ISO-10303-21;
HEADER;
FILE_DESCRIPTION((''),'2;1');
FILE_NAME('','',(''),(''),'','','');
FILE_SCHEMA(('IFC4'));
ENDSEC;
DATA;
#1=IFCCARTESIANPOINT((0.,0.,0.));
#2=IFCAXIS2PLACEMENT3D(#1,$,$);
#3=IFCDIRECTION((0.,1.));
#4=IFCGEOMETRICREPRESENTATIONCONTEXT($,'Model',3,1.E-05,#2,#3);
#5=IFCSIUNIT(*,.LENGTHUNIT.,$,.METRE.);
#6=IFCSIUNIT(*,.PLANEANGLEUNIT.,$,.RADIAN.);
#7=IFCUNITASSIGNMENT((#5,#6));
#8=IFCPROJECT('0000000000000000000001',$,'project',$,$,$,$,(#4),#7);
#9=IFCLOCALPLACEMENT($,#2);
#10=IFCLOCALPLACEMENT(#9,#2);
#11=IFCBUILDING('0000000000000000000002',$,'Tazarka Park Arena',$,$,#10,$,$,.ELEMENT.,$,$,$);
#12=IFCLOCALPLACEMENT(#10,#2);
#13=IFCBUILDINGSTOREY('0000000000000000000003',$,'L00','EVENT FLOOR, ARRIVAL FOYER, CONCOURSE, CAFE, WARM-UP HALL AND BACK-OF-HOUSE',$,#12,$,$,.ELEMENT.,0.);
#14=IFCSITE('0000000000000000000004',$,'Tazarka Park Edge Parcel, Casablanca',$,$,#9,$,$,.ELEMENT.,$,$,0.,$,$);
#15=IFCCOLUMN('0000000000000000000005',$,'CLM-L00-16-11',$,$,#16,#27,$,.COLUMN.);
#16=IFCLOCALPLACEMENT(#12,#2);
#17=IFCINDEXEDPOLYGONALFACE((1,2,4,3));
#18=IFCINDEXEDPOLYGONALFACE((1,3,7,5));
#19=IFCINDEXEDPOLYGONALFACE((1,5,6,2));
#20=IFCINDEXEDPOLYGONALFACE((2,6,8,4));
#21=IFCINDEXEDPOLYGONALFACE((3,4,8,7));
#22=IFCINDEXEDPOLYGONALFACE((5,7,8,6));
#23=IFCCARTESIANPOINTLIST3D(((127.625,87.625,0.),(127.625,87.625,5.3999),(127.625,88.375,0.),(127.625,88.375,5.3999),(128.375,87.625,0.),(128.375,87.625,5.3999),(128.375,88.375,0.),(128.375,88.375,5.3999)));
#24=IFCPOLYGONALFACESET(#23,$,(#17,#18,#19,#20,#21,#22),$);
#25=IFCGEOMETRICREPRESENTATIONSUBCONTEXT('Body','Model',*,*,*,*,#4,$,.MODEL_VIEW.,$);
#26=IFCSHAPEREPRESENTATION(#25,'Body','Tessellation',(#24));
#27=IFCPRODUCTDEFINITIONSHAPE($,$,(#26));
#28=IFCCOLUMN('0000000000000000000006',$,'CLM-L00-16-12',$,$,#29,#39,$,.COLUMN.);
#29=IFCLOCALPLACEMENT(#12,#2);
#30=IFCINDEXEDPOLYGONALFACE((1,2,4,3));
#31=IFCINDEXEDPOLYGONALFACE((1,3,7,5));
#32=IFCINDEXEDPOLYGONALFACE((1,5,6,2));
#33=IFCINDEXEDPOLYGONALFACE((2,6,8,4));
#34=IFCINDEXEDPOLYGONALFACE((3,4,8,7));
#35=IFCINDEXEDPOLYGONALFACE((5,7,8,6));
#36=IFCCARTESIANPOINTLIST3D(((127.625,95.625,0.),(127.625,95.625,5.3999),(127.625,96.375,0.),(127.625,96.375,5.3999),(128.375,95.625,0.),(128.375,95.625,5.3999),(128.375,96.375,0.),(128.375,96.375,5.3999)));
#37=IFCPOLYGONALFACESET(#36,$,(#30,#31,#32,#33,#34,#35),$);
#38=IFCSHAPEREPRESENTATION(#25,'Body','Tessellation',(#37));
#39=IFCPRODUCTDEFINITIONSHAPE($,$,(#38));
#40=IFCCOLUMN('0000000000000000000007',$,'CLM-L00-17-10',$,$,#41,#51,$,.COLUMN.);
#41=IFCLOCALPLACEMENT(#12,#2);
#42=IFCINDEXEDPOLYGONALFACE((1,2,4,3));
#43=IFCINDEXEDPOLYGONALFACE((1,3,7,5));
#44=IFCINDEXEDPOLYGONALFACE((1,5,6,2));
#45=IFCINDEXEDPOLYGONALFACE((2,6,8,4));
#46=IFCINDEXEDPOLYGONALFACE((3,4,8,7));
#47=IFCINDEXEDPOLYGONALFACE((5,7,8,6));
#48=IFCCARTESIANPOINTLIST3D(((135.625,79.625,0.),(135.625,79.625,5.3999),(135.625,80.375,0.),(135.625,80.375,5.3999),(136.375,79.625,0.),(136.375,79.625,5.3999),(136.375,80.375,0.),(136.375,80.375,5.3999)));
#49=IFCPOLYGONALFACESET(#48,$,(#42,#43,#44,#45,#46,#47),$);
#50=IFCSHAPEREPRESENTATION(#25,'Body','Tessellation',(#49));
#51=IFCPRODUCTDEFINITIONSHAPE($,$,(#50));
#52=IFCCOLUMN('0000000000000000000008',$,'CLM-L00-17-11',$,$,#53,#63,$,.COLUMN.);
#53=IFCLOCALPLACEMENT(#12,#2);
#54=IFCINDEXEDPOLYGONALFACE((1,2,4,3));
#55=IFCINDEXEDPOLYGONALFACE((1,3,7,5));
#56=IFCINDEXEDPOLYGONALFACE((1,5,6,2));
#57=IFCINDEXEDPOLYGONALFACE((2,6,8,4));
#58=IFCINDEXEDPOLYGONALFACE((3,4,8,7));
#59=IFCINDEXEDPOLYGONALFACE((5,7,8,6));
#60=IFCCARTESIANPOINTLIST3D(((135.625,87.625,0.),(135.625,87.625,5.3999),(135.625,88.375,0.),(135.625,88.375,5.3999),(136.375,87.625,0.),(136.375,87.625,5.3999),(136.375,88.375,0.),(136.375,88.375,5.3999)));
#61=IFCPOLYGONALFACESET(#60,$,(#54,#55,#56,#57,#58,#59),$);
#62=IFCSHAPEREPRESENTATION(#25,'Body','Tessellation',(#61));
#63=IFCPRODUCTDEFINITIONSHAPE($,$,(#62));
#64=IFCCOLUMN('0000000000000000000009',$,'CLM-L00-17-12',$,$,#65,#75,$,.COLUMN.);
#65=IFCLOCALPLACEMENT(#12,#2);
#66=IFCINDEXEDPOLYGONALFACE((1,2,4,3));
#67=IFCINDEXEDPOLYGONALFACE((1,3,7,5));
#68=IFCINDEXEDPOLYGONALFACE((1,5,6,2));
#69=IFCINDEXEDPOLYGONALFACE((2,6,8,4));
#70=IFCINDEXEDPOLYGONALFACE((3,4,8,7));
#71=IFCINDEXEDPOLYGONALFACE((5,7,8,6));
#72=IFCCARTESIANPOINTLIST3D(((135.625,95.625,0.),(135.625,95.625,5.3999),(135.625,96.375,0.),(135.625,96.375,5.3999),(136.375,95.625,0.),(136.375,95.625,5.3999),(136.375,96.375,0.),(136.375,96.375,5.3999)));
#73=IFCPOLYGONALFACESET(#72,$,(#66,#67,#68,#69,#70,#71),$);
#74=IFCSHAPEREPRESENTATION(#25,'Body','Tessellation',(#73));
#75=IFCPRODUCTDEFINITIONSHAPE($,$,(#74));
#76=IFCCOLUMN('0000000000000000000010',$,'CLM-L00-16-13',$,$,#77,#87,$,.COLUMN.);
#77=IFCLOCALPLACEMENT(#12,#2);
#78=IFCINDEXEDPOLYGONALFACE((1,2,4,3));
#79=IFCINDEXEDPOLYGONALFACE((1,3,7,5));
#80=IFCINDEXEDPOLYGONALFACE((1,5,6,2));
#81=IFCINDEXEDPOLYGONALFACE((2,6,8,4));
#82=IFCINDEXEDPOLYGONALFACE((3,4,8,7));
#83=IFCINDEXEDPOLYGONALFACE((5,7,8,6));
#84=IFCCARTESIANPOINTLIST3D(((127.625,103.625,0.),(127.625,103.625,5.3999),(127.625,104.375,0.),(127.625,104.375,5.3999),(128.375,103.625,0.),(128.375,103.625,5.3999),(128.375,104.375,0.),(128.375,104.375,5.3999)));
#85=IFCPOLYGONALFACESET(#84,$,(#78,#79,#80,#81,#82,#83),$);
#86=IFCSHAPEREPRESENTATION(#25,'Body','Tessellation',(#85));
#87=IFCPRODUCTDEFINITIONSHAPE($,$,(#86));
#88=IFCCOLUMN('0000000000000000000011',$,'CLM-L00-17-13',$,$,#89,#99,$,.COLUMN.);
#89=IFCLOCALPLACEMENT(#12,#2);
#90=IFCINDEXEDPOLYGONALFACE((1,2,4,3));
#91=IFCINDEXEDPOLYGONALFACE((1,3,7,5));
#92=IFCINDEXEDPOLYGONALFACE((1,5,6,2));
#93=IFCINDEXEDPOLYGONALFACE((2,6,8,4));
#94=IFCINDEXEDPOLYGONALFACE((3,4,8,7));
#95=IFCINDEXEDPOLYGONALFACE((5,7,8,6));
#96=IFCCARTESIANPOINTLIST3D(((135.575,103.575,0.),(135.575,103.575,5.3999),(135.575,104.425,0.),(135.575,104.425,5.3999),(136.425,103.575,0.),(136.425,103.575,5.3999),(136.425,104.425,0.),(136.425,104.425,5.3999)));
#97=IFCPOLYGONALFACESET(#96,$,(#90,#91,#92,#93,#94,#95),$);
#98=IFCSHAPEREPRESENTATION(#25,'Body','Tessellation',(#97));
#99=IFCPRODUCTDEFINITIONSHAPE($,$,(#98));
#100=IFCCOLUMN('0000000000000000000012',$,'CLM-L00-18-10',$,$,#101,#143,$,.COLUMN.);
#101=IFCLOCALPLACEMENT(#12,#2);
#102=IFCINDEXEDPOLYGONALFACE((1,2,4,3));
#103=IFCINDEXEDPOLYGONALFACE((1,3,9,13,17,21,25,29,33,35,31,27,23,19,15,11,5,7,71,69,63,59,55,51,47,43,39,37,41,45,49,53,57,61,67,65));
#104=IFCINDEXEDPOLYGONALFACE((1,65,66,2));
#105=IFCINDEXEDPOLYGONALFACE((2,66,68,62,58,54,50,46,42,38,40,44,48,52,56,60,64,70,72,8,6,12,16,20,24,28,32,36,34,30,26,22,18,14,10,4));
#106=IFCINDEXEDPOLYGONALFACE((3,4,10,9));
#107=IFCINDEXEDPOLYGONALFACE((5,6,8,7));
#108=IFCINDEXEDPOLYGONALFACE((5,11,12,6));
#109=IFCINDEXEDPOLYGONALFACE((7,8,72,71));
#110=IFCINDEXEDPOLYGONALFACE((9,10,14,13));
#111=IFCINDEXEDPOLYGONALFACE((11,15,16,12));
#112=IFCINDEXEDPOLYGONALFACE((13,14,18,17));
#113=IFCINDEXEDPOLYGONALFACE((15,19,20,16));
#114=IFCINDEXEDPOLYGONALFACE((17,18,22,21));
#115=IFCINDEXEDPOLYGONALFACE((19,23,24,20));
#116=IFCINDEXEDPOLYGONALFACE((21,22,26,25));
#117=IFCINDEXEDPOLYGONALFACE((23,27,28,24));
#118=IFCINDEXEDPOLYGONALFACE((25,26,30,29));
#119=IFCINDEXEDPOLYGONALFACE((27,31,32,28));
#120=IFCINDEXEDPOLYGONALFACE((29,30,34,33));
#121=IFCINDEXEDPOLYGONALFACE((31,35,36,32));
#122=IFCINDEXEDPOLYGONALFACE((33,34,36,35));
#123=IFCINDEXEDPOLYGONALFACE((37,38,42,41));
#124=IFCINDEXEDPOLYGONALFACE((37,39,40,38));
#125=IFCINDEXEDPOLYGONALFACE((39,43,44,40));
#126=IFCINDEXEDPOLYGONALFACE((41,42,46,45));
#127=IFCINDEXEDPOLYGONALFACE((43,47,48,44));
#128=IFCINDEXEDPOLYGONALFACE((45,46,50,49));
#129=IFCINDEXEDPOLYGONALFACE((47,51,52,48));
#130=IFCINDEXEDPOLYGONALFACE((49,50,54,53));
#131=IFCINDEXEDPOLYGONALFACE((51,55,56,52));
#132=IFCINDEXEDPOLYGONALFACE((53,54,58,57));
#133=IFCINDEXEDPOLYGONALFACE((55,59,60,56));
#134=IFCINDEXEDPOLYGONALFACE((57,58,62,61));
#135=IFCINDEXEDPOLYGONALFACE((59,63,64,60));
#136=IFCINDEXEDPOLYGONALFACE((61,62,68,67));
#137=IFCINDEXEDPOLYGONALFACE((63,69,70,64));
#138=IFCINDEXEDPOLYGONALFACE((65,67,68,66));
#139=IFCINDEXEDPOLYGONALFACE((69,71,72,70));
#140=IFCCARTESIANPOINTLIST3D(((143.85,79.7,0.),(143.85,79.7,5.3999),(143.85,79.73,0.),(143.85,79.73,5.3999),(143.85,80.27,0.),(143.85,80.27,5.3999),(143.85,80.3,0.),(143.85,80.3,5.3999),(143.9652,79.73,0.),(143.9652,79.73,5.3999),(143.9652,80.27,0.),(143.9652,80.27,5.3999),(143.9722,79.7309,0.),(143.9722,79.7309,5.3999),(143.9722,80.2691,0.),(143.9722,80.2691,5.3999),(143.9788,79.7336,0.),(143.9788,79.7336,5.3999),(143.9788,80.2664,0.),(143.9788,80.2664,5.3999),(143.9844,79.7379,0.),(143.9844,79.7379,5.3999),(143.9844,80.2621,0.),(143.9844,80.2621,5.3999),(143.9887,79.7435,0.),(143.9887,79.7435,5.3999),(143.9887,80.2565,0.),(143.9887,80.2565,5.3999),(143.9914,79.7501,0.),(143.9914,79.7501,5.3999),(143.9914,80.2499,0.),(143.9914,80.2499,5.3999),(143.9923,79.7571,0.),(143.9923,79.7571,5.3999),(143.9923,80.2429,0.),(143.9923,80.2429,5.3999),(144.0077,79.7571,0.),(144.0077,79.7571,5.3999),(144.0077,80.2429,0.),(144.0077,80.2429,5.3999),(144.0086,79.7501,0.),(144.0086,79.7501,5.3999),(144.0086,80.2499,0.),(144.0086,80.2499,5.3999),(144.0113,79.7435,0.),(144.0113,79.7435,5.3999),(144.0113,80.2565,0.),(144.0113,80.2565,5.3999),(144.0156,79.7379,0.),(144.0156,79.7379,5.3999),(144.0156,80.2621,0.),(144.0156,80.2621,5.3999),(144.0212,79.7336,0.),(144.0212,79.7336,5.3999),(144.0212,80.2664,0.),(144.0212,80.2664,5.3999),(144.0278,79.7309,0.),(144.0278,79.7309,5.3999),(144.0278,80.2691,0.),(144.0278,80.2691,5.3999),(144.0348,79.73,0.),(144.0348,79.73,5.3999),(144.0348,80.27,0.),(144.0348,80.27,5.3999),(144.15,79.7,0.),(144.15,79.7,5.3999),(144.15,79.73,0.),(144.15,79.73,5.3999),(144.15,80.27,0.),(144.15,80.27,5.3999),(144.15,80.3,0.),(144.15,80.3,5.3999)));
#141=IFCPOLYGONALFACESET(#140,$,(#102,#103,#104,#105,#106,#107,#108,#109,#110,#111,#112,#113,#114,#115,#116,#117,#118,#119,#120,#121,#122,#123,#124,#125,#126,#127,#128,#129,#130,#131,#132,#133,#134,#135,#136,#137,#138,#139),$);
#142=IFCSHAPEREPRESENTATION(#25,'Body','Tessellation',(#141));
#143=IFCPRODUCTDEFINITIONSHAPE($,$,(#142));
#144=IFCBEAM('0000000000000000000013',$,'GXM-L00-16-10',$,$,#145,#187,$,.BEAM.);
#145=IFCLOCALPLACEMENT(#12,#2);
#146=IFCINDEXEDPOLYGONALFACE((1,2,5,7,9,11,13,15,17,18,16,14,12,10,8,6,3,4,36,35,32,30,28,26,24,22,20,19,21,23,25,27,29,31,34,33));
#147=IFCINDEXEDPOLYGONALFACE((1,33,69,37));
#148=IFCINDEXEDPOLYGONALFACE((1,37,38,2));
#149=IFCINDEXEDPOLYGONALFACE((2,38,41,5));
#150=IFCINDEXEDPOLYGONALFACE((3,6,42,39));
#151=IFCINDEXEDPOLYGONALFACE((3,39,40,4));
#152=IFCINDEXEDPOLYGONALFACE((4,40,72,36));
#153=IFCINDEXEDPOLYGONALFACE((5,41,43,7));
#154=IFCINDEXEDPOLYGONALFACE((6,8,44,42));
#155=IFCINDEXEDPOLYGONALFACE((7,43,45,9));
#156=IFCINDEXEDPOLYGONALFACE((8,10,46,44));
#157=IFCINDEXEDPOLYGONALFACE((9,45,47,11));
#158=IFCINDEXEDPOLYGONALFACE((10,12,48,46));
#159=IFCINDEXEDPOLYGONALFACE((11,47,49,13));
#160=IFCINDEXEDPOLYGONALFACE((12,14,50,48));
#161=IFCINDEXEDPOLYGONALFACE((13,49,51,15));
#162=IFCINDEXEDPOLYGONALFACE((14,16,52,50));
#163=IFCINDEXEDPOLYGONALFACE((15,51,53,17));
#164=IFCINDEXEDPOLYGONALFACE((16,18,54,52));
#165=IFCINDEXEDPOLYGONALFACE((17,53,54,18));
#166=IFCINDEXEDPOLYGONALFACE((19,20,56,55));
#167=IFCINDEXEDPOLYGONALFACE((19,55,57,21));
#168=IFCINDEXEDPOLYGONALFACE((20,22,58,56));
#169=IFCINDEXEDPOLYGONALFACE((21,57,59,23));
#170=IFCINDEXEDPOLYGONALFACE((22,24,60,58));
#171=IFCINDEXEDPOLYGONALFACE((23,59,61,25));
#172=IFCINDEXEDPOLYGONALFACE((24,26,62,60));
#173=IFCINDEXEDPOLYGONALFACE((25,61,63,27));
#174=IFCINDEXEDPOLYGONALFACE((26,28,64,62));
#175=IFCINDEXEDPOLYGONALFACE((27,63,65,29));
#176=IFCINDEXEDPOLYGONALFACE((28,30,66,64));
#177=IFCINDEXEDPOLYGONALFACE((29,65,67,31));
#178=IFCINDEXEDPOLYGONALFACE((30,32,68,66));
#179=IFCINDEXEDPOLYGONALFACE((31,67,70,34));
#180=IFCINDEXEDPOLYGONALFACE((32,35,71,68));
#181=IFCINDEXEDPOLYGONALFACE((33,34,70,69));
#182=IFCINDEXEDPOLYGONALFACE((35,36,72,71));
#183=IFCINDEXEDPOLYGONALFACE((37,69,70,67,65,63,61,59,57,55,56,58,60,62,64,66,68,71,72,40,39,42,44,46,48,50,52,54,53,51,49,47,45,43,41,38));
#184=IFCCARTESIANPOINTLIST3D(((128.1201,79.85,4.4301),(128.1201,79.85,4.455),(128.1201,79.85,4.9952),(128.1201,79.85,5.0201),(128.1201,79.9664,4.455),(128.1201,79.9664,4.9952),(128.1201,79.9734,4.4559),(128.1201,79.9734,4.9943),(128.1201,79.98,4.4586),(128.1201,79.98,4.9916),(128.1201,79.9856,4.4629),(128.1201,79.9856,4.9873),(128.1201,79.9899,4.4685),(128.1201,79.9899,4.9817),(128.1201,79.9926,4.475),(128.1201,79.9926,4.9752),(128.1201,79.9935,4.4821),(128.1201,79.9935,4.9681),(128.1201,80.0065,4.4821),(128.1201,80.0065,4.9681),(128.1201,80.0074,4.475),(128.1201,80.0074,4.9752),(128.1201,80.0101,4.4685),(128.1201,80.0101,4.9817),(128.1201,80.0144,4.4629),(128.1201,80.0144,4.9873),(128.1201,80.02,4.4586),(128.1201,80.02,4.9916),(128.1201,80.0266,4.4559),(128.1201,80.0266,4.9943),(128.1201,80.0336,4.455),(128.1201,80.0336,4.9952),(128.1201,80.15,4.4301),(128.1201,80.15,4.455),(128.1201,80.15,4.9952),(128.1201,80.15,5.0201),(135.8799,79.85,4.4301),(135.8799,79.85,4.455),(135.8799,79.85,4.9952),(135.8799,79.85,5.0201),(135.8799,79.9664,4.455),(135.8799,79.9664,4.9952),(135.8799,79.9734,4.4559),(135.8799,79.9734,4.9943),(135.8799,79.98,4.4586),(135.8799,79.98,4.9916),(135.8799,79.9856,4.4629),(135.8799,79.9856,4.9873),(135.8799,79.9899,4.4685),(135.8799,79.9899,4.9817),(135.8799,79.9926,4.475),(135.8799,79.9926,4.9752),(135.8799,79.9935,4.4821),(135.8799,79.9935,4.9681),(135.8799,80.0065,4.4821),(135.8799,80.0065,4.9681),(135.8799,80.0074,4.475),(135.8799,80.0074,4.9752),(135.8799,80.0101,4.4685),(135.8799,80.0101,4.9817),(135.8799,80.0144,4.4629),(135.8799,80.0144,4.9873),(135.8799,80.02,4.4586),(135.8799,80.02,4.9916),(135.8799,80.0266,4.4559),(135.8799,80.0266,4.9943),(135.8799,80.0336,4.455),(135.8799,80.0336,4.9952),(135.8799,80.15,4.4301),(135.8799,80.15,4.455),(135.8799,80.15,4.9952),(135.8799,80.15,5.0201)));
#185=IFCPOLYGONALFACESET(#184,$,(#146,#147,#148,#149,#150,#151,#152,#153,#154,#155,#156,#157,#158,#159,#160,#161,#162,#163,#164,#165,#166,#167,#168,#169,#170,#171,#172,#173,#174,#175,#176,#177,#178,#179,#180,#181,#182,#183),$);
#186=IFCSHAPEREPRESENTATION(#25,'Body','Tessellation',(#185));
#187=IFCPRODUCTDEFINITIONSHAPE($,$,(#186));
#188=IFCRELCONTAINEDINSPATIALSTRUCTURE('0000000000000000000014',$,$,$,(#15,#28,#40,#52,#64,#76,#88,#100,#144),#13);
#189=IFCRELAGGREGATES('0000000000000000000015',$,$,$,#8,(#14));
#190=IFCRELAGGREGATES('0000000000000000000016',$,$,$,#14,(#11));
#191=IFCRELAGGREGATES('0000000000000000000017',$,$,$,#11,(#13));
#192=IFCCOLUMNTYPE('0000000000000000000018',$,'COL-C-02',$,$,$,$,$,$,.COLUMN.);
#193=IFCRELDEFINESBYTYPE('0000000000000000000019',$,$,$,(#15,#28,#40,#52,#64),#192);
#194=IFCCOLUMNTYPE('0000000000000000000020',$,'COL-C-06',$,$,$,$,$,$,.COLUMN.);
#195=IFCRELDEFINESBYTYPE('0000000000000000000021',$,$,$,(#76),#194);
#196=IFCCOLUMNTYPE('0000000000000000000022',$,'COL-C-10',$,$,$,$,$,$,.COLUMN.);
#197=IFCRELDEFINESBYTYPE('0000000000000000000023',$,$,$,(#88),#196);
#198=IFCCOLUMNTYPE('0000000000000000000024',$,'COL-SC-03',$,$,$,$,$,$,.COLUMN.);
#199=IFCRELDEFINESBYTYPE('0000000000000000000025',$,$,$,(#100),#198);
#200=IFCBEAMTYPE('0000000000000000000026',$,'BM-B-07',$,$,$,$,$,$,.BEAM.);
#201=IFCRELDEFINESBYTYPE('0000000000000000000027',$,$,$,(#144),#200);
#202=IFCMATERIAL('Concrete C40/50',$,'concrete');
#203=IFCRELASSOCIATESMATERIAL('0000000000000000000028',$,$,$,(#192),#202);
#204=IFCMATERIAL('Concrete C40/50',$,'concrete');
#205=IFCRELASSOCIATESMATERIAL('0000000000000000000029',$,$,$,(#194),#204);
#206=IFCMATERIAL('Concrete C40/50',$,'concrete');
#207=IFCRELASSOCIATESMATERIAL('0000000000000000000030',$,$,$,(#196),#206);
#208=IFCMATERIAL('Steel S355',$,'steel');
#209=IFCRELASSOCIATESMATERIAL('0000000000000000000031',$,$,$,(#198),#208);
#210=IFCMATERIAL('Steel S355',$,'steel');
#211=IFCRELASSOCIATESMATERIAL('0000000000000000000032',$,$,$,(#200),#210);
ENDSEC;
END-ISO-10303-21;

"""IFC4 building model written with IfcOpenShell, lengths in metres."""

from ifc_helpers import new_model, si_unit, direction, frame, origin, origin_2d, place, context, subcontext, project, spatial, rectangle, i_section, extrude, material, material_profile, profile_set, type_object, element, save


model = new_model("IFC4")

# Units and contexts
model_context = context("Model", 3, precision=1e-05, world=origin(), true_north=direction((0.0, 1.0)))
body_context = subcontext(model_context, "Body", "Model", "MODEL_VIEW")
ifc_project = project(units=[si_unit("LENGTHUNIT", "METRE"), si_unit("PLANEANGLEUNIT", "RADIAN")], contexts=[model_context])

# Site, building, storey
site_placement = place(None, origin())
site = spatial("IfcSite", under=ifc_project, at=site_placement, Name="Tazarka Park Edge Parcel, Casablanca", CompositionType="ELEMENT", RefElevation=0.0)
building_placement = place(site_placement, origin())
building = spatial("IfcBuilding", under=site, at=building_placement, Name="Tazarka Park Arena", CompositionType="ELEMENT")
storey_placement = place(building_placement, origin())
storey = spatial("IfcBuildingStorey", under=building, at=storey_placement, Name="L00", Description="EVENT FLOOR, ARRIVAL FOYER, CONCOURSE, CAFE, WARM-UP HALL AND BACK-OF-HOUSE", CompositionType="ELEMENT", Elevation=0.0)

# Columns
ifc_material_1 = material(Name="Concrete C40/50", Category="concrete")
ifc_material_profile_1 = material_profile(ifc_material_1, rectangle(XDim=0.75, YDim=0.75, at=origin_2d()), Name="Concrete C40/50")
ifc_profile_set_1 = profile_set([ifc_material_profile_1], Name="Concrete C40/50")
column_type_1 = type_object("IfcColumnType", Name="COL-C-02", PredefinedType="COLUMN", material=ifc_profile_set_1)
for number, where, z_axis, x_axis, name in (
    (1, (128.0, 88.0, 0.0), (0.0, 0.0, 1.0), (1.0, 0.0, 0.0), "CLM-L00-16-11"),
    (2, (128.0, 96.0, 0.0), (0.0, 0.0, 1.0), (1.0, 0.0, 0.0), "CLM-L00-16-12"),
    (3, (136.0, 80.0, 0.0), (0.0, 0.0, 1.0), (1.0, 0.0, 0.0), "CLM-L00-17-10"),
    (4, (136.0, 88.0, 0.0), (0.0, 0.0, 1.0), (1.0, 0.0, 0.0), "CLM-L00-17-11"),
    (5, (136.0, 96.0, 0.0), (0.0, 0.0, 1.0), (1.0, 0.0, 0.0), "CLM-L00-17-12"),
):
    element("IfcColumn", number, at=place(storey_placement, frame(where, z_axis=z_axis, x_axis=x_axis)), inside=storey, type_object=column_type_1, Name=name, PredefinedType="COLUMN", context=body_context, shape_type="SweptSolid", body=[
        extrude(rectangle(XDim=0.75, YDim=0.75, at=origin_2d()), origin(), (0.0, 0.0, 1.0), 5.3999),
    ])
ifc_material_2 = material(Name="Concrete C40/50", Category="concrete")
ifc_material_profile_2 = material_profile(ifc_material_2, rectangle(XDim=0.75, YDim=0.75, at=origin_2d()), Name="Concrete C40/50")
ifc_profile_set_2 = profile_set([ifc_material_profile_2], Name="Concrete C40/50")
column_type_2 = type_object("IfcColumnType", Name="COL-C-06", PredefinedType="COLUMN", material=ifc_profile_set_2)
column_1_placement = place(storey_placement, frame((128.0, 104.0, 0.0), z_axis=(0.0, 0.0, 1.0), x_axis=(1.0, 0.0, 0.0)))
element("IfcColumn", 6, at=column_1_placement, inside=storey, type_object=column_type_2, Name="CLM-L00-16-13", PredefinedType="COLUMN", context=body_context, shape_type="SweptSolid", body=[
    extrude(rectangle(XDim=0.75, YDim=0.75, at=origin_2d()), origin(), (0.0, 0.0, 1.0), 5.3999),
])
ifc_material_3 = material(Name="Concrete C40/50", Category="concrete")
ifc_material_profile_3 = material_profile(ifc_material_3, rectangle(XDim=0.8501, YDim=0.8501, at=origin_2d()), Name="Concrete C40/50")
ifc_profile_set_3 = profile_set([ifc_material_profile_3], Name="Concrete C40/50")
column_type_3 = type_object("IfcColumnType", Name="COL-C-10", PredefinedType="COLUMN", material=ifc_profile_set_3)
column_2_placement = place(storey_placement, frame((136.0, 104.0, 0.0), z_axis=(0.0, 0.0, 1.0), x_axis=(1.0, 0.0, 0.0)))
element("IfcColumn", 7, at=column_2_placement, inside=storey, type_object=column_type_3, Name="CLM-L00-17-13", PredefinedType="COLUMN", context=body_context, shape_type="SweptSolid", body=[
    extrude(rectangle(XDim=0.8501, YDim=0.8501, at=origin_2d()), origin(), (0.0, 0.0, 1.0), 5.3999),
])
ifc_material_4 = material(Name="Steel S355", Category="steel")
ifc_material_profile_4 = material_profile(ifc_material_4, i_section(OverallWidth=0.3, OverallDepth=0.6001, WebThickness=0.0154, FlangeThickness=0.03, FilletRadius=0.0271, at=origin_2d()), Name="Steel S355")
ifc_profile_set_4 = profile_set([ifc_material_profile_4], Name="Steel S355")
column_type_4 = type_object("IfcColumnType", Name="COL-SC-03", PredefinedType="COLUMN", material=ifc_profile_set_4)
column_3_placement = place(storey_placement, frame((144.0, 80.0, 0.0), z_axis=(0.0, 0.0, 1.0), x_axis=(1.0, 0.0, 0.0)))
element("IfcColumn", 8, at=column_3_placement, inside=storey, type_object=column_type_4, Name="CLM-L00-18-10", PredefinedType="COLUMN", context=body_context, shape_type="SweptSolid", body=[
    extrude(i_section(OverallWidth=0.3, OverallDepth=0.6001, WebThickness=0.0154, FlangeThickness=0.03, FilletRadius=0.0271, at=origin_2d()), origin(), (0.0, 0.0, 1.0), 5.3999),
])

# Beam
ifc_material_5 = material(Name="Steel S355", Category="steel")
ifc_material_profile_5 = material_profile(ifc_material_5, i_section(OverallWidth=0.3, OverallDepth=0.5901, WebThickness=0.0129, FlangeThickness=0.0249, FilletRadius=0.0271, at=origin_2d()), Name="Steel S355")
ifc_profile_set_5 = profile_set([ifc_material_profile_5], Name="Steel S355")
beam_type_1 = type_object("IfcBeamType", Name="BM-B-07", PredefinedType="BEAM", material=ifc_profile_set_5)
for number, where, z_axis, x_axis, name in (
    (9, (128.1201, 80.0, 4.7251), (1.0, 0.0, 0.0), (0.0, 1.0, 0.0), "GXM-L00-16-10"),
):
    element("IfcBeam", number, at=place(storey_placement, frame(where, z_axis=z_axis, x_axis=x_axis)), inside=storey, type_object=beam_type_1, Name=name, PredefinedType="BEAM", context=body_context, shape_type="SweptSolid", body=[
        extrude(i_section(OverallWidth=0.3, OverallDepth=0.5901, WebThickness=0.0129, FlangeThickness=0.0249, FilletRadius=0.0271, at=origin_2d()), origin(), (0.0, 0.0, 1.0), 7.7598),
    ])

save(model, "model.ifc")
